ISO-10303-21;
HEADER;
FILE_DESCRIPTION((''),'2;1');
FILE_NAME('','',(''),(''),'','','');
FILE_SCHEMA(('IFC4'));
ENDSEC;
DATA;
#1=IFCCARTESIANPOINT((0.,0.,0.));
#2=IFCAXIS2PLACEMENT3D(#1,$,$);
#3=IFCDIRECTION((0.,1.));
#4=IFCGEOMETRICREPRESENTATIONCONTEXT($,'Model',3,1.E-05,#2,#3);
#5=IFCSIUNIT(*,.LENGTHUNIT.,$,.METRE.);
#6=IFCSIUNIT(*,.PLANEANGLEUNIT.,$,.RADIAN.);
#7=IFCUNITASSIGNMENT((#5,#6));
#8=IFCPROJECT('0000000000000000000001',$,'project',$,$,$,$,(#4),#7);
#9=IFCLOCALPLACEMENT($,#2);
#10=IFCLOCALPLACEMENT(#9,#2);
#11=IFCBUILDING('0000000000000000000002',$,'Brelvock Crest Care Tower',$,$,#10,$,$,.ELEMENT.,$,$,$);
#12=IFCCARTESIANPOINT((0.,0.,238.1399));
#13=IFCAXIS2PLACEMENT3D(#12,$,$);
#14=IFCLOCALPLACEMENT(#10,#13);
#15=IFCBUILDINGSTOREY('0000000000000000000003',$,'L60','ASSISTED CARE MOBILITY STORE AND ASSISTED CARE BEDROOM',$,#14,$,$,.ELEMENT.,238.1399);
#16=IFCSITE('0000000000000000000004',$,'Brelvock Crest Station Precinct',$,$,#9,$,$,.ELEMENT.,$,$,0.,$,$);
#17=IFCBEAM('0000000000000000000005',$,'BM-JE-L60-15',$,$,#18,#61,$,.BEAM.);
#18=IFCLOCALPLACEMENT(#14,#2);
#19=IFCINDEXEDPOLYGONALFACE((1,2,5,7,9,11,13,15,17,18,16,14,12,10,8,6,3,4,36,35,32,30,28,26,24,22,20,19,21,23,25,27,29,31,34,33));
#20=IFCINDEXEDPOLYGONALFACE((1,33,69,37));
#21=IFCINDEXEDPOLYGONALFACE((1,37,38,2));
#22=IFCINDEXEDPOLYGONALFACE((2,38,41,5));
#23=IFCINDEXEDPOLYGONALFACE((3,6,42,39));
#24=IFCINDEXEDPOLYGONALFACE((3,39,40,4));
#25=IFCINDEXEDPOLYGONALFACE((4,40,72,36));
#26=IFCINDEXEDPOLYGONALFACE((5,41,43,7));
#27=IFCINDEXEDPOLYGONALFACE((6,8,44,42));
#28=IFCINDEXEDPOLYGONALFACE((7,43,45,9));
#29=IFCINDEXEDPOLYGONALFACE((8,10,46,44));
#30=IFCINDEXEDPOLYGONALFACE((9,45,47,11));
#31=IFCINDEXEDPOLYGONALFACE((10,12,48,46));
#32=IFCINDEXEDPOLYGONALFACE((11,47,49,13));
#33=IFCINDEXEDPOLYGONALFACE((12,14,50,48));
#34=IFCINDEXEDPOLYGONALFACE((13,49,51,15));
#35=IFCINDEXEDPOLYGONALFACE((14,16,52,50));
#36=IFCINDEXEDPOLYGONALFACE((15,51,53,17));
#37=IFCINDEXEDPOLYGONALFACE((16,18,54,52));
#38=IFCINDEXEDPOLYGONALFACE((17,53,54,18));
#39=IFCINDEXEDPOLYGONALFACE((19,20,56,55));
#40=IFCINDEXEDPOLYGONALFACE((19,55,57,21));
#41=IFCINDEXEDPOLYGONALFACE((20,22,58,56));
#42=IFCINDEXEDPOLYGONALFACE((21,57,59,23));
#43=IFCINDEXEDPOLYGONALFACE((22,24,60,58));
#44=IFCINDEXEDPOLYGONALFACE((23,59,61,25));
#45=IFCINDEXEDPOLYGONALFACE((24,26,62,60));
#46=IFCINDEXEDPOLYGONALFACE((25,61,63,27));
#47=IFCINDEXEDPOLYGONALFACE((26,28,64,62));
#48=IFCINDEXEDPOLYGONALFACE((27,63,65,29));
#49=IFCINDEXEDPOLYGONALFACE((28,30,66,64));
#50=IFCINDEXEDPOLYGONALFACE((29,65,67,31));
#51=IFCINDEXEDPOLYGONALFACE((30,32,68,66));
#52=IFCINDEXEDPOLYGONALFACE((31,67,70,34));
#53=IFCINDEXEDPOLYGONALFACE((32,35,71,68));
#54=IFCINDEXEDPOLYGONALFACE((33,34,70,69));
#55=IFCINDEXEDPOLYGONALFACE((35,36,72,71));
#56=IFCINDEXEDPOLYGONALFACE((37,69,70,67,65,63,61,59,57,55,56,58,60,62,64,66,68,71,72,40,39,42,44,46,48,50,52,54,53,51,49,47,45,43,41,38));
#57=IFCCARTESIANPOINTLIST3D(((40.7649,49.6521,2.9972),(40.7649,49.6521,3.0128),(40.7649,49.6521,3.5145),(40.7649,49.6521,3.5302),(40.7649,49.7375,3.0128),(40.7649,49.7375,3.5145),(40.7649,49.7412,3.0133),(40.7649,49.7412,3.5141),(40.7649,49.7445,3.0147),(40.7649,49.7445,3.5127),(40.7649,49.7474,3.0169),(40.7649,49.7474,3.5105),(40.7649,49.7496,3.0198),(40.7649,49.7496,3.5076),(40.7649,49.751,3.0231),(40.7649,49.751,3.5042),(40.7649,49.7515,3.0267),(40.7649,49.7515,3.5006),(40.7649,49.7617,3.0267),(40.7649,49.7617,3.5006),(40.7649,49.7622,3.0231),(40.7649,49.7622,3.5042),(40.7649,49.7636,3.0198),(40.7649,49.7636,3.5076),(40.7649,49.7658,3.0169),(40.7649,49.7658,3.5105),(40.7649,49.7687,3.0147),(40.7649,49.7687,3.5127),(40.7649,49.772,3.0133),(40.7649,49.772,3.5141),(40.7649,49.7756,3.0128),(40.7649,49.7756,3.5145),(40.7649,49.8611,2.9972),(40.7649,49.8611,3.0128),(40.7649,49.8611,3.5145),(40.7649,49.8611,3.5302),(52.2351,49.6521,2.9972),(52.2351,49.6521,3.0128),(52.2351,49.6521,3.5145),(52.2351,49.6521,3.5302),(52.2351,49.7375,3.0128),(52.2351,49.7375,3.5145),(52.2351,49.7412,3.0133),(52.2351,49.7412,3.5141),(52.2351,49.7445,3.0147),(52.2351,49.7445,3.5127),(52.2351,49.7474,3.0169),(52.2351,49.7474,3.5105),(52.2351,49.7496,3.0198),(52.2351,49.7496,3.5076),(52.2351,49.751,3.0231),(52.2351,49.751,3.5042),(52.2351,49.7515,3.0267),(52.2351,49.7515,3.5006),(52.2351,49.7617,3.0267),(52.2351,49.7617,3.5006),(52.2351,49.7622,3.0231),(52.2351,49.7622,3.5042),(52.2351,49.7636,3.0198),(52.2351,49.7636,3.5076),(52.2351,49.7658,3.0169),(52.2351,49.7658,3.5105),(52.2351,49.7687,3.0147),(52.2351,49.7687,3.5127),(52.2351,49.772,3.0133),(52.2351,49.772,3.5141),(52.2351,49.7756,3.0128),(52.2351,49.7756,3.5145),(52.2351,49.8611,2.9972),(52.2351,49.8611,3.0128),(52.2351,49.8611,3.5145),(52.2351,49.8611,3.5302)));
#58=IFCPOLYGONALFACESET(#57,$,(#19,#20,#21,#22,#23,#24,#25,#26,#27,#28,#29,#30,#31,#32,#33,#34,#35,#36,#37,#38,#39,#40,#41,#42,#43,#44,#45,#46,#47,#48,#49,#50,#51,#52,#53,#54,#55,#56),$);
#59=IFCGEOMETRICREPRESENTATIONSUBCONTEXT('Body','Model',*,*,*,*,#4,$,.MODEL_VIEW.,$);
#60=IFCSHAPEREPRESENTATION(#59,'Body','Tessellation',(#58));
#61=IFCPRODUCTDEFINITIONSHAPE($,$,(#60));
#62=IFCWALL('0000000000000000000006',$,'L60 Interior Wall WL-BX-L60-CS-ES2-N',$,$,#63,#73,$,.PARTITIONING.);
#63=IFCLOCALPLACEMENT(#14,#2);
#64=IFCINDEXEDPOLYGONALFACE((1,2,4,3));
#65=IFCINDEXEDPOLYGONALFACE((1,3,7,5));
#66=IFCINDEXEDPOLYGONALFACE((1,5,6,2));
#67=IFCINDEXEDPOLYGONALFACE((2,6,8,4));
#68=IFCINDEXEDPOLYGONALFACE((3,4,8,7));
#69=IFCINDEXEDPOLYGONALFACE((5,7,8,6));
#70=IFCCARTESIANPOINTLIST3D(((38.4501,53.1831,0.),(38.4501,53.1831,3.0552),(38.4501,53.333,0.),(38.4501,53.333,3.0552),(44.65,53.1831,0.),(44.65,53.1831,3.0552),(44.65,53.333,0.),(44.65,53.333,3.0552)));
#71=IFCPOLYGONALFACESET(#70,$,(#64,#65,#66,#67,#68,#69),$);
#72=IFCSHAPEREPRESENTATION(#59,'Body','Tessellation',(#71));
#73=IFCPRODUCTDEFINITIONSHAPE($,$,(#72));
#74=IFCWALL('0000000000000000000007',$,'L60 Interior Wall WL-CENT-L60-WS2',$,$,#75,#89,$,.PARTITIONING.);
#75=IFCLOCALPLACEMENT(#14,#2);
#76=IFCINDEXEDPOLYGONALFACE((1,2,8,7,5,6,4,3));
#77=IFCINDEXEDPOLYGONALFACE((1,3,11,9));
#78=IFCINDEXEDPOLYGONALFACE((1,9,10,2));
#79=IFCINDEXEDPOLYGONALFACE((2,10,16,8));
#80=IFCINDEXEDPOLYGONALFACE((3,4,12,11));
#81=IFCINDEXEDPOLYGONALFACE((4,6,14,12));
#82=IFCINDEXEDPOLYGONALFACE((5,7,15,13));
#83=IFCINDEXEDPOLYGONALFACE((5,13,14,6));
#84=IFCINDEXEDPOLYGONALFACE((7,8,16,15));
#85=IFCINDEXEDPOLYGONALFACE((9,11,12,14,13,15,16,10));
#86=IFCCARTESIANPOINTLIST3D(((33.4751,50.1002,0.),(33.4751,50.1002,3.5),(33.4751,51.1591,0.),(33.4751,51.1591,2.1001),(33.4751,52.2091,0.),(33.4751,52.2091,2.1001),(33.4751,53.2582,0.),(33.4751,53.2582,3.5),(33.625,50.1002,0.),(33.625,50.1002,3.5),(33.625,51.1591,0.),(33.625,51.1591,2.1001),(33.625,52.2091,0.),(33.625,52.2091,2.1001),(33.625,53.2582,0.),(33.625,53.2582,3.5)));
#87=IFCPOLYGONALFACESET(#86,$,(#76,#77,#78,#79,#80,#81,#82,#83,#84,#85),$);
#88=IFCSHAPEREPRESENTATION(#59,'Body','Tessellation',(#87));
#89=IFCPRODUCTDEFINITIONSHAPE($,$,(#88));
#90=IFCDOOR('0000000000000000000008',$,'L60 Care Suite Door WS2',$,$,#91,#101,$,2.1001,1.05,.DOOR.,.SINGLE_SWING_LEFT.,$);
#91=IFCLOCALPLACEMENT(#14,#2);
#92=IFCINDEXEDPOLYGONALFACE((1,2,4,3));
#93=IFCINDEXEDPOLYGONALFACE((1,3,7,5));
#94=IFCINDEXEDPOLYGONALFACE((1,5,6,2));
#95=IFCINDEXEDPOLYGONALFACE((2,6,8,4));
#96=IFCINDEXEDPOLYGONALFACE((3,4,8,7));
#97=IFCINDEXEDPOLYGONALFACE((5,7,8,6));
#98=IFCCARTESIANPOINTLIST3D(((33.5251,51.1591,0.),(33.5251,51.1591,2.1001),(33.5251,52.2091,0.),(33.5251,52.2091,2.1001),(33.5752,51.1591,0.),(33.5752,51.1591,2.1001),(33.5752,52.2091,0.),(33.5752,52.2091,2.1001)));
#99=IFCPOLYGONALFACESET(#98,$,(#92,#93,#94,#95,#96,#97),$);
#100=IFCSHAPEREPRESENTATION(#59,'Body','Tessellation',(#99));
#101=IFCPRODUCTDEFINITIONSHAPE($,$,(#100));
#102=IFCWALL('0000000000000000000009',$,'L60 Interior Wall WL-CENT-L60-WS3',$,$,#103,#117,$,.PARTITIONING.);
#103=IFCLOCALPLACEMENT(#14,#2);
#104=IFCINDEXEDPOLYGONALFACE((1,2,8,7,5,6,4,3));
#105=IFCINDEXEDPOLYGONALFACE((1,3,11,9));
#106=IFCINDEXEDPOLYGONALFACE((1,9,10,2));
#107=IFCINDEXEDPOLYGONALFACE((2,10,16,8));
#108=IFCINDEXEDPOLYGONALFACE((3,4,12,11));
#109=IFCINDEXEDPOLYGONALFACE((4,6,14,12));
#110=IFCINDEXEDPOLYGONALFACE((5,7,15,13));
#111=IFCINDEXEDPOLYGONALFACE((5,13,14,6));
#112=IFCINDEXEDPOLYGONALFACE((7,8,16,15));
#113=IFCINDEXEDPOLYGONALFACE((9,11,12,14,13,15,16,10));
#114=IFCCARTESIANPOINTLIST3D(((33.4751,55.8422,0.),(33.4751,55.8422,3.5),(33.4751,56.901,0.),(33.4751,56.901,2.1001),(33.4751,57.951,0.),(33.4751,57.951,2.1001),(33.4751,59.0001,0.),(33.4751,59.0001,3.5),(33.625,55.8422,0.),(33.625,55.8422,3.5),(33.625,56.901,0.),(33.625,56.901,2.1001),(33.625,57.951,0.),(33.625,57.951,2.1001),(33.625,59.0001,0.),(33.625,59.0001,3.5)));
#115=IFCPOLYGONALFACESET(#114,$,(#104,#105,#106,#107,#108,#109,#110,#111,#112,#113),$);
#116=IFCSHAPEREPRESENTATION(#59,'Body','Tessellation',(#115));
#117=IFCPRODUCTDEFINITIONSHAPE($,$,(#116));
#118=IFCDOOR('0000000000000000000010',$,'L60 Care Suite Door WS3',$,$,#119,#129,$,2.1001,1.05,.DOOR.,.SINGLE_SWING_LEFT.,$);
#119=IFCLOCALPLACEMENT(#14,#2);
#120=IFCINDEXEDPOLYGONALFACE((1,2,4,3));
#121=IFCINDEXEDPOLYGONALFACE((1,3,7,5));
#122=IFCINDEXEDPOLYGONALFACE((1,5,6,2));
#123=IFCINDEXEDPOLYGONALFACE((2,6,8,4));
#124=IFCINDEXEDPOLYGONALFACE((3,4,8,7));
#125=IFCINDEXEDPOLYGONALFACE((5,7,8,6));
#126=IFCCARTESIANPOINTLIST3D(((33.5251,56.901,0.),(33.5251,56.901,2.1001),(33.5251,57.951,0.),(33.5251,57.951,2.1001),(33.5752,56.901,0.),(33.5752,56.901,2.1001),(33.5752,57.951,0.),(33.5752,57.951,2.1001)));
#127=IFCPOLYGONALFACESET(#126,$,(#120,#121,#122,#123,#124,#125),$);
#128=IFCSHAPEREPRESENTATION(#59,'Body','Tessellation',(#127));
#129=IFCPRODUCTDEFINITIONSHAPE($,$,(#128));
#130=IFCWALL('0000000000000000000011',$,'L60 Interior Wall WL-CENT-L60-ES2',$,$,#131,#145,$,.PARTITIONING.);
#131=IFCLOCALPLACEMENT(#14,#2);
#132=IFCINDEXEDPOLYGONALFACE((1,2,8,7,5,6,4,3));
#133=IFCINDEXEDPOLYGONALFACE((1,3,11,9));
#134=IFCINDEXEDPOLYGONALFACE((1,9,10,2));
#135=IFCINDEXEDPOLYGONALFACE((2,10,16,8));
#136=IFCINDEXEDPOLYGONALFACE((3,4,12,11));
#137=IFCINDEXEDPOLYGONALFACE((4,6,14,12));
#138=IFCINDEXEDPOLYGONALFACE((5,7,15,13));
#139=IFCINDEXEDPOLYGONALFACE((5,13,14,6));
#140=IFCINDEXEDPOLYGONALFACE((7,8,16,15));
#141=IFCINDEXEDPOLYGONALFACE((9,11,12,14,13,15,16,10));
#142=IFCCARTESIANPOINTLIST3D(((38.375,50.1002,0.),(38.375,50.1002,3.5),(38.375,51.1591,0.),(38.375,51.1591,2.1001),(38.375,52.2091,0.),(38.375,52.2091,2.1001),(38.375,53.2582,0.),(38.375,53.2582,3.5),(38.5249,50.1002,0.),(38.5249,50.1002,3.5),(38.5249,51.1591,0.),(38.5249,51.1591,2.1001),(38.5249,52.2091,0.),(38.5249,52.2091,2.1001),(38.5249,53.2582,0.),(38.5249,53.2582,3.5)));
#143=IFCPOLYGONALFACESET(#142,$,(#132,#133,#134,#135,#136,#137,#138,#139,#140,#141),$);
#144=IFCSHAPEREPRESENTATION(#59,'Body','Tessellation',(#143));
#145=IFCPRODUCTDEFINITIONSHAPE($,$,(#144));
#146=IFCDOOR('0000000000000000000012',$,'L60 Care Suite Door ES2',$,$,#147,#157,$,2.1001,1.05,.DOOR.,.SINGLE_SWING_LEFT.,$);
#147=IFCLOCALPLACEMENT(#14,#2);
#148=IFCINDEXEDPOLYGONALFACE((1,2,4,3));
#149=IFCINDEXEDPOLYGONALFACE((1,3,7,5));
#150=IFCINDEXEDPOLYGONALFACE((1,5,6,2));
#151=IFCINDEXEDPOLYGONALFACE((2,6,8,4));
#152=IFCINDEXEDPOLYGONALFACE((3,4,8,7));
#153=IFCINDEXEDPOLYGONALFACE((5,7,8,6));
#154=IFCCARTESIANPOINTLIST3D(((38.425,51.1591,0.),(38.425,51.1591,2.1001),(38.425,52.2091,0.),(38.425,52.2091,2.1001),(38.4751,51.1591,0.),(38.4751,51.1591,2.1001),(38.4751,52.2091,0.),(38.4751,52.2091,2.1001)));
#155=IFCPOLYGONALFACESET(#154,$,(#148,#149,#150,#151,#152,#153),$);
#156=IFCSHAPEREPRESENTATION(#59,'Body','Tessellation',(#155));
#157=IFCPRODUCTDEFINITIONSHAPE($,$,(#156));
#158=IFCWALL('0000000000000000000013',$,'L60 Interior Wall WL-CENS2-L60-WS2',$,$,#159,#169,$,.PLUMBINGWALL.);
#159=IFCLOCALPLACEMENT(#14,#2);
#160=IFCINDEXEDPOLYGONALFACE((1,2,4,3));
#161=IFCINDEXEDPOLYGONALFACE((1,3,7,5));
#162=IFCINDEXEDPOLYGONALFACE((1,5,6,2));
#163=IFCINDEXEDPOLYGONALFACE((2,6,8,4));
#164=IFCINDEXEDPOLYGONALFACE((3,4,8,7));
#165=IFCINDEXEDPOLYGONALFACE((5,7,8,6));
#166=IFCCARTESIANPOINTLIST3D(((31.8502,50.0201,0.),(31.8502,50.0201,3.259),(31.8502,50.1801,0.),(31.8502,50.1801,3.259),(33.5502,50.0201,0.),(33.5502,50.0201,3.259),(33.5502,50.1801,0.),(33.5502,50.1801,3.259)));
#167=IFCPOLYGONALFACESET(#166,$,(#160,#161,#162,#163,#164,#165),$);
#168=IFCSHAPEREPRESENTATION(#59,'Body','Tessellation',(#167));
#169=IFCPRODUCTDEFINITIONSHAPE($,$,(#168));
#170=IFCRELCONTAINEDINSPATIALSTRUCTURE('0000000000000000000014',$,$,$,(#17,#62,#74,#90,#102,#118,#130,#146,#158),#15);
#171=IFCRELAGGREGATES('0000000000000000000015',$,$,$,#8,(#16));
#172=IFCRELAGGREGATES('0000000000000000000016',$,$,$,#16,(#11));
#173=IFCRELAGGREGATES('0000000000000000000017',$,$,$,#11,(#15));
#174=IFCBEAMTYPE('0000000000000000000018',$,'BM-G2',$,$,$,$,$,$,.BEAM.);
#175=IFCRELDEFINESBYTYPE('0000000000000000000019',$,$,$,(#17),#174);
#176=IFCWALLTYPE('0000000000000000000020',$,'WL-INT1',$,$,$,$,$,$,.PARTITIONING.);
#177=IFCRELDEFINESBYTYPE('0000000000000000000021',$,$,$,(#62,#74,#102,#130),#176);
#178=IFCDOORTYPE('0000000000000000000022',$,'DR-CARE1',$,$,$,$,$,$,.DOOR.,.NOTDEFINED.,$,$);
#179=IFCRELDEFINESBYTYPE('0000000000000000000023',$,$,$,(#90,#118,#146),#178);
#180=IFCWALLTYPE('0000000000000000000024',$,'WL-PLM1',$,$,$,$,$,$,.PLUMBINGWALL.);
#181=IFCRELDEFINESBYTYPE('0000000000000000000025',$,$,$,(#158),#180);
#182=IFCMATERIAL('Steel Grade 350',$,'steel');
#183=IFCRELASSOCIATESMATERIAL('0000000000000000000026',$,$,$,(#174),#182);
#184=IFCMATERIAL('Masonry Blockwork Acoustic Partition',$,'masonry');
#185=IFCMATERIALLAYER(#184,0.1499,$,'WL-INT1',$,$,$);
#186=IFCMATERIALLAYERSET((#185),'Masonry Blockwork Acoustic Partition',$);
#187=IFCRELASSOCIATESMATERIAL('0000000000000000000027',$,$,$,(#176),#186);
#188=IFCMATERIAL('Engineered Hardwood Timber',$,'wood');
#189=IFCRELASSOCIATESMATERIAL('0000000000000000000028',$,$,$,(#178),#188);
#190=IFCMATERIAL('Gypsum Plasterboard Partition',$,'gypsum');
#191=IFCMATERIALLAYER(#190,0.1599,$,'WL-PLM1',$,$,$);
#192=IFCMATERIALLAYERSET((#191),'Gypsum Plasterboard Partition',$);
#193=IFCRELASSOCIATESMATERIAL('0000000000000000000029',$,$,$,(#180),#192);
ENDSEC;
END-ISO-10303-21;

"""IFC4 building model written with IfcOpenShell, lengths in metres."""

from ifc_helpers import new_model, si_unit, direction, frame, frame_2d, origin, origin_2d, place, context, subcontext, project, spatial, rectangle, i_section, extrude, source, transform, mapped, material, layer, layer_set, material_profile, profile_set, type_object, element, fill, save


model = new_model("IFC4")

# Units and contexts
model_context = context("Model", 3, precision=1e-05, world=origin(), true_north=direction((0.0, 1.0)))
body_context = subcontext(model_context, "Body", "Model", "MODEL_VIEW")
ifc_project = project(units=[si_unit("LENGTHUNIT", "METRE"), si_unit("PLANEANGLEUNIT", "RADIAN")], contexts=[model_context])

# Site, building, storey
site_placement = place(None, origin())
site = spatial("IfcSite", under=ifc_project, at=site_placement, Name="Brelvock Crest Station Precinct", CompositionType="ELEMENT", RefElevation=0.0)
building_placement = place(site_placement, origin())
building = spatial("IfcBuilding", under=site, at=building_placement, Name="Brelvock Crest Care Tower", CompositionType="ELEMENT")
storey_placement = place(building_placement, frame((0.0, 0.0, 238.1399)))
storey = spatial("IfcBuildingStorey", under=building, at=storey_placement, Name="L60", Description="ASSISTED CARE MOBILITY STORE AND ASSISTED CARE BEDROOM", CompositionType="ELEMENT", Elevation=238.1399)

# Beam
ifc_material_1 = material(Name="Steel Grade 350", Category="steel")
ifc_material_profile_1 = material_profile(ifc_material_1, i_section(OverallWidth=0.209, OverallDepth=0.533, WebThickness=0.0103, FlangeThickness=0.0156, FilletRadius=0.0139, at=origin_2d()), Name="530UB92.4")
ifc_profile_set_1 = profile_set([ifc_material_profile_1], Name="Steel Grade 350")
beam_type_1 = type_object("IfcBeamType", Name="BM-G2", PredefinedType="BEAM", material=ifc_profile_set_1)
shared_shape_1 = source(origin(), body_context, "Body", "SweptSolid", [
    extrude(i_section(OverallWidth=0.209, OverallDepth=0.533, WebThickness=0.0103, FlangeThickness=0.0156, FilletRadius=0.0139, at=origin_2d()), origin(), (0.0, 0.0, 1.0), 11.4702),
])
for number, where, z_axis, x_axis, name in (
    (1, (40.7649, 49.7566, 3.2637), (1.0, 0.0, 0.0), (0.0, 1.0, 0.0), "BM-JE-L60-15"),
):
    element("IfcBeam", number, at=place(storey_placement, frame(where, z_axis=z_axis, x_axis=x_axis)), inside=storey, type_object=beam_type_1, Name=name, PredefinedType="BEAM", context=body_context, shape_type="MappedRepresentation", body=[
        mapped(shared_shape_1, transform((0.0, 0.0, 0.0), x_axis=(1.0, 0.0, 0.0), y_axis=(0.0, 1.0, 0.0), z_axis=(0.0, 0.0, 1.0), scale=1.0)),
    ])

# Wall
ifc_material_2 = material(Name="Masonry Blockwork Acoustic Partition", Category="masonry")
ifc_layer_1 = layer(ifc_material_2, 0.1499, Name="WL-INT1")
ifc_layer_set_1 = layer_set([ifc_layer_1], Name="Masonry Blockwork Acoustic Partition")
wall_type_1 = type_object("IfcWallType", Name="WL-INT1", PredefinedType="PARTITIONING", material=ifc_layer_set_1)
wall_1_placement = place(storey_placement, frame((38.45, 53.2581, 0.0), z_axis=(0.0, 0.0, 1.0), x_axis=(1.0, 0.0, 0.0)))
element("IfcWall", 2, at=wall_1_placement, inside=storey, type_object=wall_type_1, Name="L60 Interior Wall WL-BX-L60-CS-ES2-N", PredefinedType="PARTITIONING", context=body_context, shape_type="SweptSolid", body=[
    extrude(rectangle(XDim=6.2, YDim=0.1499, at=frame_2d((3.1001, 0.0))), origin(), (0.0, 0.0, 1.0), 3.0552),
])

# Walls, openings, doors
wall_2_placement = place(storey_placement, frame((33.55, 50.1001, 0.0), z_axis=(0.0, 0.0, 1.0), x_axis=(0.0, 1.0, 0.0)))
wall_2 = element("IfcWall", 3, at=wall_2_placement, inside=storey, type_object=wall_type_1, Name="L60 Interior Wall WL-CENT-L60-WS2", PredefinedType="PARTITIONING", context=body_context, shape_type="SweptSolid", body=[
    extrude(rectangle(XDim=3.158, YDim=0.1499, at=frame_2d((1.5791, 0.0))), origin(), (0.0, 0.0, 1.0), 3.5),
])
opening_1_placement = place(wall_2_placement, frame((1.0591, 0.0, 0.0)))
opening_1 = element("IfcOpeningElement", 4, at=opening_1_placement, cuts=wall_2, PredefinedType="OPENING", context=body_context, shape_type="SweptSolid", body=[
    extrude(rectangle(XDim=1.05, YDim=2.1001, at=origin_2d()), frame((0.5249, 0.085, 1.05), z_axis=(0.0, -1.0, 0.0), x_axis=(1.0, 0.0, 0.0)), (0.0, 0.0, 1.0), 0.1699),
])
ifc_material_3 = material(Name="Engineered Hardwood Timber", Category="wood")
door_type_1 = type_object("IfcDoorType", Name="DR-CARE1", OperationType="NOTDEFINED", PredefinedType="DOOR", material=ifc_material_3)
shared_shape_2 = source(origin(), body_context, "Body", "SweptSolid", [
    extrude(rectangle(XDim=1.05, YDim=2.1001, at=origin_2d()), frame((0.5249, 0.0249, 1.05), z_axis=(0.0, -1.0, 0.0), x_axis=(1.0, 0.0, 0.0)), (0.0, 0.0, 1.0), 0.05),
])
door_1_placement = place(opening_1_placement, origin())
door_1 = element("IfcDoor", 5, at=door_1_placement, inside=storey, type_object=door_type_1, Name="L60 Care Suite Door WS2", OperationType="SINGLE_SWING_LEFT", OverallHeight=2.1001, OverallWidth=1.05, PredefinedType="DOOR", context=body_context, shape_type="MappedRepresentation", body=[
    mapped(shared_shape_2, transform((0.0, 0.0, 0.0), x_axis=(1.0, 0.0, 0.0), y_axis=(0.0, 1.0, 0.0), z_axis=(0.0, 0.0, 1.0), scale=1.0)),
])
fill(opening_1, door_1)
wall_3_placement = place(storey_placement, frame((33.55, 55.842, 0.0), z_axis=(0.0, 0.0, 1.0), x_axis=(0.0, 1.0, 0.0)))
wall_3 = element("IfcWall", 6, at=wall_3_placement, inside=storey, type_object=wall_type_1, Name="L60 Interior Wall WL-CENT-L60-WS3", PredefinedType="PARTITIONING", context=body_context, shape_type="SweptSolid", body=[
    extrude(rectangle(XDim=3.158, YDim=0.1499, at=frame_2d((1.5791, 0.0))), origin(), (0.0, 0.0, 1.0), 3.5),
])
opening_2_placement = place(wall_3_placement, frame((1.0591, 0.0, 0.0)))
opening_2 = element("IfcOpeningElement", 7, at=opening_2_placement, cuts=wall_3, PredefinedType="OPENING", context=body_context, shape_type="SweptSolid", body=[
    extrude(rectangle(XDim=1.05, YDim=2.1001, at=origin_2d()), frame((0.5249, 0.085, 1.05), z_axis=(0.0, -1.0, 0.0), x_axis=(1.0, 0.0, 0.0)), (0.0, 0.0, 1.0), 0.1699),
])
door_2_placement = place(opening_2_placement, origin())
door_2 = element("IfcDoor", 8, at=door_2_placement, inside=storey, type_object=door_type_1, Name="L60 Care Suite Door WS3", OperationType="SINGLE_SWING_LEFT", OverallHeight=2.1001, OverallWidth=1.05, PredefinedType="DOOR", context=body_context, shape_type="MappedRepresentation", body=[
    mapped(shared_shape_2, transform((0.0, 0.0, 0.0), x_axis=(1.0, 0.0, 0.0), y_axis=(0.0, 1.0, 0.0), z_axis=(0.0, 0.0, 1.0), scale=1.0)),
])
fill(opening_2, door_2)
wall_4_placement = place(storey_placement, frame((38.45, 50.1001, 0.0), z_axis=(0.0, 0.0, 1.0), x_axis=(0.0, 1.0, 0.0)))
wall_4 = element("IfcWall", 9, at=wall_4_placement, inside=storey, type_object=wall_type_1, Name="L60 Interior Wall WL-CENT-L60-ES2", PredefinedType="PARTITIONING", context=body_context, shape_type="SweptSolid", body=[
    extrude(rectangle(XDim=3.158, YDim=0.1499, at=frame_2d((1.5791, 0.0))), origin(), (0.0, 0.0, 1.0), 3.5),
])
opening_3_placement = place(wall_4_placement, frame((1.0591, 0.0, 0.0)))
opening_3 = element("IfcOpeningElement", 10, at=opening_3_placement, cuts=wall_4, PredefinedType="OPENING", context=body_context, shape_type="SweptSolid", body=[
    extrude(rectangle(XDim=1.05, YDim=2.1001, at=origin_2d()), frame((0.5249, 0.085, 1.05), z_axis=(0.0, -1.0, 0.0), x_axis=(1.0, 0.0, 0.0)), (0.0, 0.0, 1.0), 0.1699),
])
door_3_placement = place(opening_3_placement, origin())
door_3 = element("IfcDoor", 11, at=door_3_placement, inside=storey, type_object=door_type_1, Name="L60 Care Suite Door ES2", OperationType="SINGLE_SWING_LEFT", OverallHeight=2.1001, OverallWidth=1.05, PredefinedType="DOOR", context=body_context, shape_type="MappedRepresentation", body=[
    mapped(shared_shape_2, transform((0.0, 0.0, 0.0), x_axis=(1.0, 0.0, 0.0), y_axis=(0.0, 1.0, 0.0), z_axis=(0.0, 0.0, 1.0), scale=1.0)),
])
fill(opening_3, door_3)

# Wall
ifc_material_4 = material(Name="Gypsum Plasterboard Partition", Category="gypsum")
ifc_layer_2 = layer(ifc_material_4, 0.1599, Name="WL-PLM1")
ifc_layer_set_2 = layer_set([ifc_layer_2], Name="Gypsum Plasterboard Partition")
wall_type_2 = type_object("IfcWallType", Name="WL-PLM1", PredefinedType="PLUMBINGWALL", material=ifc_layer_set_2)
for number, where, z_axis, x_axis, name in (
    (12, (31.8501, 50.1001, 0.0), (0.0, 0.0, 1.0), (1.0, 0.0, 0.0), "L60 Interior Wall WL-CENS2-L60-WS2"),
):
    element("IfcWall", number, at=place(storey_placement, frame(where, z_axis=z_axis, x_axis=x_axis)), inside=storey, type_object=wall_type_2, Name=name, PredefinedType="PLUMBINGWALL", context=body_context, shape_type="SweptSolid", body=[
        extrude(rectangle(XDim=1.7, YDim=0.1599, at=frame_2d((0.8501, 0.0))), origin(), (0.0, 0.0, 1.0), 3.259),
    ])

save(model, "model.ifc")
